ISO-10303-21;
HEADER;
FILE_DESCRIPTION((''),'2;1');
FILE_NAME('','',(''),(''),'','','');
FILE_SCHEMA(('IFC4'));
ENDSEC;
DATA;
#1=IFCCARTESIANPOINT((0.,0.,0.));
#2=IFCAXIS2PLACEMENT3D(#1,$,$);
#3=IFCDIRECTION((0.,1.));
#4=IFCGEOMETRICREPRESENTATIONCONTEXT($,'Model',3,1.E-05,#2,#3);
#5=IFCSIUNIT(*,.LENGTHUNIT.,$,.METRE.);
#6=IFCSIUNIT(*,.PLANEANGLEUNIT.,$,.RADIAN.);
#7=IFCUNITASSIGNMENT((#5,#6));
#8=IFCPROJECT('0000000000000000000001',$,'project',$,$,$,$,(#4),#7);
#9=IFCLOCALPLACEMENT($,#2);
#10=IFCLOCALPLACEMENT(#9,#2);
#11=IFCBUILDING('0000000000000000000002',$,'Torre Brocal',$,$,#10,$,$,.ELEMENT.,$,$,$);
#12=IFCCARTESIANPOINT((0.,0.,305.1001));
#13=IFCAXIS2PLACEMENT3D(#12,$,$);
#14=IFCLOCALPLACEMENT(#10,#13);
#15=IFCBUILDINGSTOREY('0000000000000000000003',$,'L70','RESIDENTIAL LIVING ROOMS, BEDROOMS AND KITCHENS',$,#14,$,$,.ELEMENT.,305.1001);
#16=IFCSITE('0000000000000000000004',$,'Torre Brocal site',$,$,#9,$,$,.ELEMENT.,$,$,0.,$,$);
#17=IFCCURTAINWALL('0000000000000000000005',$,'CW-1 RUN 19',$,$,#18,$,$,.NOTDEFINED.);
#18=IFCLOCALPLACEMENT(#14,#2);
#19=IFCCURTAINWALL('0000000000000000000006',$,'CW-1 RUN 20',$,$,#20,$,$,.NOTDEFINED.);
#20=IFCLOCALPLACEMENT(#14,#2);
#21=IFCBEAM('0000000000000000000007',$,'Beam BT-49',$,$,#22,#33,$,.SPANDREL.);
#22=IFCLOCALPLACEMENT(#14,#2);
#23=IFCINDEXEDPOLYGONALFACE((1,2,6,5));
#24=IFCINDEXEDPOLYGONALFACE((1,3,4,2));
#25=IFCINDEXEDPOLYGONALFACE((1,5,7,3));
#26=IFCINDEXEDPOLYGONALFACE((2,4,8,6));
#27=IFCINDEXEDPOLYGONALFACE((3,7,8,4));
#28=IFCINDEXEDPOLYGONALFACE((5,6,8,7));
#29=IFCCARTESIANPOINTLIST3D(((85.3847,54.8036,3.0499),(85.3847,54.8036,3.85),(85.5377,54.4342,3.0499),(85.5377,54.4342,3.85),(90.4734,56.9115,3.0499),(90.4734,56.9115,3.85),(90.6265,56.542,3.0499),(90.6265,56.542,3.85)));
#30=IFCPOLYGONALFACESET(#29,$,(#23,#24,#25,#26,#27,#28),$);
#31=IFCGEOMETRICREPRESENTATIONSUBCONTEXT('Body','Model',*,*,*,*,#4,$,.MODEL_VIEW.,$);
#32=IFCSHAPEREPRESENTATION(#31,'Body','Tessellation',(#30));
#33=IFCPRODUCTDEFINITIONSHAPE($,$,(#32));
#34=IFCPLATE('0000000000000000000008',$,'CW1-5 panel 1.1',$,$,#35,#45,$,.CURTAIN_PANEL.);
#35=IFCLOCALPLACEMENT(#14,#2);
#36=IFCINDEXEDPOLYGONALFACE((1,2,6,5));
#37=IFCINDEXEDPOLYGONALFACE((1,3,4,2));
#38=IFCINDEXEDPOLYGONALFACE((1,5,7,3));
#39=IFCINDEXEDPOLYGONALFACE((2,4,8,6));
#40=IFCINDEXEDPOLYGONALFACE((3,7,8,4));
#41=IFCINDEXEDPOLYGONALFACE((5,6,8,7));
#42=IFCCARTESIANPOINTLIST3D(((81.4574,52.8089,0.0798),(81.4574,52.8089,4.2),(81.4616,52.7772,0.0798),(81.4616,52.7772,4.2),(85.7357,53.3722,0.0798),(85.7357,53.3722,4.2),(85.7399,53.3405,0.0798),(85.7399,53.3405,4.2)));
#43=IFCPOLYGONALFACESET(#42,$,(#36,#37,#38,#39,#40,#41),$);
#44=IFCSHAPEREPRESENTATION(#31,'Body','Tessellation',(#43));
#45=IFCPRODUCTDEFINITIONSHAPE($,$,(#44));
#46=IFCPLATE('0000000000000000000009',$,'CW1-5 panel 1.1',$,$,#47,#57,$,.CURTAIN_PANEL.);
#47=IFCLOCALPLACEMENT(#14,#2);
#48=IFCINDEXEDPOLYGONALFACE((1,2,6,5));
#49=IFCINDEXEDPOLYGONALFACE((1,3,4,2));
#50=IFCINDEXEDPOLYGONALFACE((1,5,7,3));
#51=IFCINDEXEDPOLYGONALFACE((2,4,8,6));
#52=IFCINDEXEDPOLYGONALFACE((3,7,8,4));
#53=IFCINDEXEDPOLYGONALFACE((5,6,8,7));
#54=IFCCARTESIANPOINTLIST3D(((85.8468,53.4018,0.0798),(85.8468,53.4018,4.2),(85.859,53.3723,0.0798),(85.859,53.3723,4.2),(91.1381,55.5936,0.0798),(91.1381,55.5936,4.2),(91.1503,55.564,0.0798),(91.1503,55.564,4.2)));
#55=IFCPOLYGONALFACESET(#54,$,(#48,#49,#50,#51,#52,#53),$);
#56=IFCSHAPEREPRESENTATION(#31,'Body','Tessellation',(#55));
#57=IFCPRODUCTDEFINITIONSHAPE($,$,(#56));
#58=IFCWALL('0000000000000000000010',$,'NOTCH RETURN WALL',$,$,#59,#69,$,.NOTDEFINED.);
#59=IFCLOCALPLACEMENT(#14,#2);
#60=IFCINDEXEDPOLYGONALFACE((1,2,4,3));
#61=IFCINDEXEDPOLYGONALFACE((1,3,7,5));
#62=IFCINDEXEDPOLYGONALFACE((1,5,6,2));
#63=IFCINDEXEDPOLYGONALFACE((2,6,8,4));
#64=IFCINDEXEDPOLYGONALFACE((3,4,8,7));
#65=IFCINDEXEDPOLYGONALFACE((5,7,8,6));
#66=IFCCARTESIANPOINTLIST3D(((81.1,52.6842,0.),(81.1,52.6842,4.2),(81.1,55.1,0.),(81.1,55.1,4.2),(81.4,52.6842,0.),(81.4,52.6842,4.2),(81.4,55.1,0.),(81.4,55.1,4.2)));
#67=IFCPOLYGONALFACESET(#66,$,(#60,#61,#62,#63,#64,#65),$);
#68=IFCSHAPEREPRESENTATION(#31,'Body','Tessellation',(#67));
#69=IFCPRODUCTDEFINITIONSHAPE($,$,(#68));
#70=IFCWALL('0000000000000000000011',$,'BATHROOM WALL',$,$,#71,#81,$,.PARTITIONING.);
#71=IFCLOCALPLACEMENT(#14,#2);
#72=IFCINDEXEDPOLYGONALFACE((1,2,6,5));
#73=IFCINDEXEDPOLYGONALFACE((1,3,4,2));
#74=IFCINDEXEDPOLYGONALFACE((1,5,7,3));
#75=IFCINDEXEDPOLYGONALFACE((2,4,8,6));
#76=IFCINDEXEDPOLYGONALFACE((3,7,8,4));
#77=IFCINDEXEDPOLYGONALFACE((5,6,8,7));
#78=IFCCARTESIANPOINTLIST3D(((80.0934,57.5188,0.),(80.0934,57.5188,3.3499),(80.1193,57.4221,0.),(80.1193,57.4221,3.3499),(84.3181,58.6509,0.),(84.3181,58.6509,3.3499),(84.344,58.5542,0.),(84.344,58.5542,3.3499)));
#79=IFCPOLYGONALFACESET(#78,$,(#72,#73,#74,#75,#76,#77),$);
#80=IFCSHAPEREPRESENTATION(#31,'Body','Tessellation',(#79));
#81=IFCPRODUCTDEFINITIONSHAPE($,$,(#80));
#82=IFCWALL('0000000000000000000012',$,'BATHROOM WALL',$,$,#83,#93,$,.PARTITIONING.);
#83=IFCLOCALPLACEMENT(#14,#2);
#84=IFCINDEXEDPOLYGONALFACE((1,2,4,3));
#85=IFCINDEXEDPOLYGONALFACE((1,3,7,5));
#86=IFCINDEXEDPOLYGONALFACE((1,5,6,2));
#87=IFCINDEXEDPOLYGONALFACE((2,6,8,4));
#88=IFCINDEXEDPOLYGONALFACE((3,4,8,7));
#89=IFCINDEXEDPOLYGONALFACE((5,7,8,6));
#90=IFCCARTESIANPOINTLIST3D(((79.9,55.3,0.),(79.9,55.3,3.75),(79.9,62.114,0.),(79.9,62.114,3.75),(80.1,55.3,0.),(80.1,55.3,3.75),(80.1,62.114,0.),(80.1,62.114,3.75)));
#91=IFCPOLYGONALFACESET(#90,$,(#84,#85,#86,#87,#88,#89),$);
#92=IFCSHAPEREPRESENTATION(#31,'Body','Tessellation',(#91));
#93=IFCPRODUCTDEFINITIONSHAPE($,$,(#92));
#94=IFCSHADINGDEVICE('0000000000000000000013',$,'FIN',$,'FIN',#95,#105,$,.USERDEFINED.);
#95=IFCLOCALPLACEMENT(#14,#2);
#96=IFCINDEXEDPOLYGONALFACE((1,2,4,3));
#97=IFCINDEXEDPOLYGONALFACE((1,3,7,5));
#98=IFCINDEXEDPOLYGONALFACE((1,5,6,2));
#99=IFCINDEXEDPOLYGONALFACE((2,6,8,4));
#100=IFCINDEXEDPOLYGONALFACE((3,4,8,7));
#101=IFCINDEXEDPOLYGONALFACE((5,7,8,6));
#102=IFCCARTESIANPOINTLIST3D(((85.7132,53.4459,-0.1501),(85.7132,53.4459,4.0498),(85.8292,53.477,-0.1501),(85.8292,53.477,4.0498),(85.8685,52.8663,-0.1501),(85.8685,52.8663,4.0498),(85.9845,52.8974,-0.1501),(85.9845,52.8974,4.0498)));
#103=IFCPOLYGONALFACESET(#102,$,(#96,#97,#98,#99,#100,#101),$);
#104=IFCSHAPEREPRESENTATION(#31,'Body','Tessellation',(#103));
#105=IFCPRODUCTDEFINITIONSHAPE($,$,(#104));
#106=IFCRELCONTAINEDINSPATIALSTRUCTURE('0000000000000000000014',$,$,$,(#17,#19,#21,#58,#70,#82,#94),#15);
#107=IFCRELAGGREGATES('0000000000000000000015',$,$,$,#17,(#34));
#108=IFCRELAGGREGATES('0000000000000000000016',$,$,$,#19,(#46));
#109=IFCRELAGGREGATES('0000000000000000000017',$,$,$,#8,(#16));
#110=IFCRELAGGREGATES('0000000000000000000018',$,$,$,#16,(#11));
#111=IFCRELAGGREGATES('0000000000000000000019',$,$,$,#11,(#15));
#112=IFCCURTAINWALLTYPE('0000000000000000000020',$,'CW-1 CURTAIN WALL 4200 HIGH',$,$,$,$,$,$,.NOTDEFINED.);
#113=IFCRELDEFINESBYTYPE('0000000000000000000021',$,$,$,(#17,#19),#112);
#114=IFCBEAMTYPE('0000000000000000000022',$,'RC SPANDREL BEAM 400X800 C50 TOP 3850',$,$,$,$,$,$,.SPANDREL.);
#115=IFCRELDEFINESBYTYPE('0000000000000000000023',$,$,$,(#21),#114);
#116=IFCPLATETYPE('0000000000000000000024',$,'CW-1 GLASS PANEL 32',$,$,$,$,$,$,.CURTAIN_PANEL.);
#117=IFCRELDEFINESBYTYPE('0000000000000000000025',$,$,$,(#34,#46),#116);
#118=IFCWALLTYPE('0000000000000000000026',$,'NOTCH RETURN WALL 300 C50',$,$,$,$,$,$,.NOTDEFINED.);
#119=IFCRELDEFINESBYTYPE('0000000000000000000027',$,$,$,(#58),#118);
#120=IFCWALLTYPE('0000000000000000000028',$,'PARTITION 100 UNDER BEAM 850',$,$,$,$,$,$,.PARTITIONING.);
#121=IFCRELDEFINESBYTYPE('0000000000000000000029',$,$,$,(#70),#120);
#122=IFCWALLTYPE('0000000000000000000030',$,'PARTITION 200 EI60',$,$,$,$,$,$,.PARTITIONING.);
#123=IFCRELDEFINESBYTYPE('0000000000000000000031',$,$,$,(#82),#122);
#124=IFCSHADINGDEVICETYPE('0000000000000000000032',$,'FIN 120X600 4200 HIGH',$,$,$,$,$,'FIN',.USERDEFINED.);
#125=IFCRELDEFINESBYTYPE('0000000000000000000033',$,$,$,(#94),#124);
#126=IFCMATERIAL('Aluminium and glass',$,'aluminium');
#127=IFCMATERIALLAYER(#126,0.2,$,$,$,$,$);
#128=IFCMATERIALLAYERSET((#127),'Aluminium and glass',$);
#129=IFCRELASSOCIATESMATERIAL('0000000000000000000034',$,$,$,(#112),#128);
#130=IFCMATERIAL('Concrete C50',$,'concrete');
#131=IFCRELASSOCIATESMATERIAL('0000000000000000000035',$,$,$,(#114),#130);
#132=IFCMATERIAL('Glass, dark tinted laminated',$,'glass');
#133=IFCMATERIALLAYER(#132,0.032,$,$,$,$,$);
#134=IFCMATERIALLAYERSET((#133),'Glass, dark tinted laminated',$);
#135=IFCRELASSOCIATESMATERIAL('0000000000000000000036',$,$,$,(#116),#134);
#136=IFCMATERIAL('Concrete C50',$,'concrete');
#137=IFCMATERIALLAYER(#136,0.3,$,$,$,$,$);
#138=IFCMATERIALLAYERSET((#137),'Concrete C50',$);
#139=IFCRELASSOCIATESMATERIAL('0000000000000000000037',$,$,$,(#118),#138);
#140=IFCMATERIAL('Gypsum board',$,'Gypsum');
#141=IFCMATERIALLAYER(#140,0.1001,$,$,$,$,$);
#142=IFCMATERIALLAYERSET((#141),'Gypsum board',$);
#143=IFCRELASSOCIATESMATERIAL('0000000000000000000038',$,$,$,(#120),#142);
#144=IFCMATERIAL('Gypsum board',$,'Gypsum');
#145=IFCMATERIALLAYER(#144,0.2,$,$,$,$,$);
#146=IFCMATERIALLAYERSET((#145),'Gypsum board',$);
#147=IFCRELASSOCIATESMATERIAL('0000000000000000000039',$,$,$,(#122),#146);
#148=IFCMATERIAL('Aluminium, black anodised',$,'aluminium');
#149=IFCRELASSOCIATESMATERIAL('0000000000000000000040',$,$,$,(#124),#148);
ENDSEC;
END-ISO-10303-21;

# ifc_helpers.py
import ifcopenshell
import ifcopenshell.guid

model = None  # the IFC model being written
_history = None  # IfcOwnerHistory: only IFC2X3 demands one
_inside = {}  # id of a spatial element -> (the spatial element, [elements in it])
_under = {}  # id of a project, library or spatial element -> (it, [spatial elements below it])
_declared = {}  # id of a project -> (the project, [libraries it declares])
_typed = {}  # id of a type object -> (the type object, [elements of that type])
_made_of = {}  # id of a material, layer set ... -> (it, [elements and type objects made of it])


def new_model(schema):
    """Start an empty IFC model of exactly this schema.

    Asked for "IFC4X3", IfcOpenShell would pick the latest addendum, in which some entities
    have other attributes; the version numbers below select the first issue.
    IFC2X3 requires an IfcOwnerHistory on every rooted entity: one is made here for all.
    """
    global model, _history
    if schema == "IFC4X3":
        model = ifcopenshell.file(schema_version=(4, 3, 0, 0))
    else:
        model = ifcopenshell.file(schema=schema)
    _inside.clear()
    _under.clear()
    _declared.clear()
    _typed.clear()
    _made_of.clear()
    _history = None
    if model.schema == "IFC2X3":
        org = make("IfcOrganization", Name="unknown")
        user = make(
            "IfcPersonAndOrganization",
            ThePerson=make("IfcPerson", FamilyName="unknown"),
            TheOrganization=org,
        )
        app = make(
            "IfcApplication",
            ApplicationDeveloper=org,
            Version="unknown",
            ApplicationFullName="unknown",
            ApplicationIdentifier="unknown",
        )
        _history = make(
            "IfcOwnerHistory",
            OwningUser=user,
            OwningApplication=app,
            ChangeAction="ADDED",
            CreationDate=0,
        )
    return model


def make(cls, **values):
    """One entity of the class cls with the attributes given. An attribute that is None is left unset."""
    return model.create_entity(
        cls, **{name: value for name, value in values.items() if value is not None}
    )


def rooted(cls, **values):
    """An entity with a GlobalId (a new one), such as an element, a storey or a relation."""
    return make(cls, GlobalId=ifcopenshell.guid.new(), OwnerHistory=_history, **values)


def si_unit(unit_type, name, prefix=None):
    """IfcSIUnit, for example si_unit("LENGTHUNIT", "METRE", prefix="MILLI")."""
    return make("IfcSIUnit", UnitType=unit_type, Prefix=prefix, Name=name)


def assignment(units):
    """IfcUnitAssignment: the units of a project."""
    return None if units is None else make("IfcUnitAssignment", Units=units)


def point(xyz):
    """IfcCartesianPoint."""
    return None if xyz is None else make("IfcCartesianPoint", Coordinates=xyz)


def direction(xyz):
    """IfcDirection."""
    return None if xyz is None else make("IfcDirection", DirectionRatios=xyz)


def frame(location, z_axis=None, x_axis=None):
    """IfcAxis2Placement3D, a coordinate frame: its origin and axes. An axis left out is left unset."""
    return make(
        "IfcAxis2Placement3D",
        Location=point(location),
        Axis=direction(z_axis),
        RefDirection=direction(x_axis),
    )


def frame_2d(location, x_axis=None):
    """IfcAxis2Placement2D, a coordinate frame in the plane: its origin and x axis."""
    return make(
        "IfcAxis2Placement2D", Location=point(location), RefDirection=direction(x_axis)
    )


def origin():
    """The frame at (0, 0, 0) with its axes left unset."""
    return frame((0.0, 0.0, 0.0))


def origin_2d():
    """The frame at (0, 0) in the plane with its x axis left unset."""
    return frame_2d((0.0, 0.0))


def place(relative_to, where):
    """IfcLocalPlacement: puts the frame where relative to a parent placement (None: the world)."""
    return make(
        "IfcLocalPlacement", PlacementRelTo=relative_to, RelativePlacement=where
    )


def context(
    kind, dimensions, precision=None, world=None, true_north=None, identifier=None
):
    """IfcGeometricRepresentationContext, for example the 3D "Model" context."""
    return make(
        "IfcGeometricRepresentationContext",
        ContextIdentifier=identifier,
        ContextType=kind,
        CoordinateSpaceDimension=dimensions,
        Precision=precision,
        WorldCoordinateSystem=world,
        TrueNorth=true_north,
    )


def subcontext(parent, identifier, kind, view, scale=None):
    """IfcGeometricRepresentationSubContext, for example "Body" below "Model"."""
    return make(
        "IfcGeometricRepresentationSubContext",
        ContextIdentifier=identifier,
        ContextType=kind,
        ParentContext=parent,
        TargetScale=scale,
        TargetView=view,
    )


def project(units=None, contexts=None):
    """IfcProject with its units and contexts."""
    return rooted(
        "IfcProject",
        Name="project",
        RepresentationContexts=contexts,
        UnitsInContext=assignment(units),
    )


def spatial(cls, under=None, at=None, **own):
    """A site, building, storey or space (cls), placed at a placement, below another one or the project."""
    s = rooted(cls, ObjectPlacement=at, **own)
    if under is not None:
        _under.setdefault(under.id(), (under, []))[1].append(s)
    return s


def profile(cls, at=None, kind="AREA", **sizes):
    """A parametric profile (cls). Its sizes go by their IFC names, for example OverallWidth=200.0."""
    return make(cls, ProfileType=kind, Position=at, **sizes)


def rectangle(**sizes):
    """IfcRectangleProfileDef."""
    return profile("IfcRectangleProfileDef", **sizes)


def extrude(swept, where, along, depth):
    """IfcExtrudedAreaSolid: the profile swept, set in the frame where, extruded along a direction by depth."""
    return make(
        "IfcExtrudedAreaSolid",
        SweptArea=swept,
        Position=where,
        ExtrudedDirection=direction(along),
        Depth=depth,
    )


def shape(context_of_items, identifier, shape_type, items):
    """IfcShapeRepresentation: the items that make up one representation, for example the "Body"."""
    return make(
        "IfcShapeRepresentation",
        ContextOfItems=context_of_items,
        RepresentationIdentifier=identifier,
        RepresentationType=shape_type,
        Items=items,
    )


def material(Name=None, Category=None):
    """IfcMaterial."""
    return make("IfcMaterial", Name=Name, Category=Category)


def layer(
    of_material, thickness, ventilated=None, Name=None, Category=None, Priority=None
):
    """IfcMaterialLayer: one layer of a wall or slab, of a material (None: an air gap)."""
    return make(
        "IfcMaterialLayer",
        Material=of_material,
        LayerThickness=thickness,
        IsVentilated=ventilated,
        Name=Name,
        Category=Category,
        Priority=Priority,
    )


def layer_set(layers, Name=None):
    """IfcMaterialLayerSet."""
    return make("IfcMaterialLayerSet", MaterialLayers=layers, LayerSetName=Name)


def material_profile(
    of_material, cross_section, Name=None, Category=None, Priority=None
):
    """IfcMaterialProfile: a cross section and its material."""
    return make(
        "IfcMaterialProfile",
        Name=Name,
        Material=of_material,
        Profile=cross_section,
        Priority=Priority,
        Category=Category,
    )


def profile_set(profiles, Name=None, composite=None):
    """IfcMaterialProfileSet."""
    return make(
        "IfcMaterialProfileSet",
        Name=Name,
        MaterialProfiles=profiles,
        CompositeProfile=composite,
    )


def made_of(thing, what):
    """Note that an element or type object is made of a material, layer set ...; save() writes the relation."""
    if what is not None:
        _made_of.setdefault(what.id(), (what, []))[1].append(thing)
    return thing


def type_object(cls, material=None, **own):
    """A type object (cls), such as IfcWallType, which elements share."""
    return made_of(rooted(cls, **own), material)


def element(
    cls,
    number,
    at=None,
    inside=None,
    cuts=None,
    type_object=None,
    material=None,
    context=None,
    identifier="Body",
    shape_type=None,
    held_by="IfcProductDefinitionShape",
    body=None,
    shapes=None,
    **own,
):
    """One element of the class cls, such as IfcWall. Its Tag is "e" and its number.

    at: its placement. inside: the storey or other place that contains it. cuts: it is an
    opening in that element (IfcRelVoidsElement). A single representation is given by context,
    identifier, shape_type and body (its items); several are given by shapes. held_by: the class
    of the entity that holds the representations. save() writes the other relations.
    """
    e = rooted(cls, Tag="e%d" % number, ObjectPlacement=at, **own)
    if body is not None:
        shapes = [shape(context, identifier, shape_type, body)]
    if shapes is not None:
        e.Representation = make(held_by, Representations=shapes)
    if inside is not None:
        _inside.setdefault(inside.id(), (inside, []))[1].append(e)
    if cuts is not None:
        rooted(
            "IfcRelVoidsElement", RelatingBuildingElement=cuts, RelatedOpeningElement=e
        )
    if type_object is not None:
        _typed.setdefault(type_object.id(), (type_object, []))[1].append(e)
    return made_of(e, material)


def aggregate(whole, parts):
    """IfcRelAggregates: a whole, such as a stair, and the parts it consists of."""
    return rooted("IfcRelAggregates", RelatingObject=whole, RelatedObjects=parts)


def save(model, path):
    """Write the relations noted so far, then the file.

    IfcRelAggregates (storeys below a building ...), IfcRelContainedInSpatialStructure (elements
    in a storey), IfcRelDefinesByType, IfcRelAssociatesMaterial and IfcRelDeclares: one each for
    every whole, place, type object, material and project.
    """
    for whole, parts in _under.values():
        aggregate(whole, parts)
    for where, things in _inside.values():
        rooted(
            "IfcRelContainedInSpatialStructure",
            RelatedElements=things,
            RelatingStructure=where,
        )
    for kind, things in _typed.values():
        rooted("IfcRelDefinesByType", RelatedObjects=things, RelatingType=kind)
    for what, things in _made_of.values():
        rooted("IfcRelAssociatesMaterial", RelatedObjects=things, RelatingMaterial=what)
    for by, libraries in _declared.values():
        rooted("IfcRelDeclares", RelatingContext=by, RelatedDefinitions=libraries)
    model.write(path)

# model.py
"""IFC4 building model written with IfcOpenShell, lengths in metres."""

from ifc_helpers import new_model, si_unit, direction, frame, frame_2d, origin, origin_2d, place, context, subcontext, project, spatial, rectangle, extrude, material, layer, layer_set, material_profile, profile_set, type_object, element, aggregate, save


model = new_model("IFC4")

# Units and contexts
model_context = context("Model", 3, precision=1e-05, world=origin(), true_north=direction((0.0, 1.0)))
body_context = subcontext(model_context, "Body", "Model", "MODEL_VIEW")
ifc_project = project(units=[si_unit("LENGTHUNIT", "METRE"), si_unit("PLANEANGLEUNIT", "RADIAN")], contexts=[model_context])

# Site, building, storey
site_placement = place(None, origin())
site = spatial("IfcSite", under=ifc_project, at=site_placement, Name="Torre Brocal site", CompositionType="ELEMENT", RefElevation=0.0)
building_placement = place(site_placement, origin())
building = spatial("IfcBuilding", under=site, at=building_placement, Name="Torre Brocal", CompositionType="ELEMENT")
storey_placement = place(building_placement, frame((0.0, 0.0, 305.1001)))
storey = spatial("IfcBuildingStorey", under=building, at=storey_placement, Name="L70", Description="RESIDENTIAL LIVING ROOMS, BEDROOMS AND KITCHENS", CompositionType="ELEMENT", Elevation=305.1001)

# Curtain wall
ifc_material_1 = material(Name="Aluminium and glass", Category="aluminium")
ifc_layer_1 = layer(ifc_material_1, 0.2)
ifc_layer_set_1 = layer_set([ifc_layer_1], Name="Aluminium and glass")
curtain_wall_type = type_object("IfcCurtainWallType", Name="CW-1 CURTAIN WALL 4200 HIGH", PredefinedType="NOTDEFINED", material=ifc_layer_set_1)
curtain_wall_1_placement = place(storey_placement, origin())
curtain_wall_1 = element("IfcCurtainWall", 1, at=curtain_wall_1_placement, inside=storey, type_object=curtain_wall_type, Name="CW-1 RUN 19", PredefinedType="NOTDEFINED")

# Curtain wall
curtain_wall_2_placement = place(storey_placement, origin())
curtain_wall_2 = element("IfcCurtainWall", 2, at=curtain_wall_2_placement, inside=storey, type_object=curtain_wall_type, Name="CW-1 RUN 20", PredefinedType="NOTDEFINED")

# Beam
ifc_material_2 = material(Name="Concrete C50", Category="concrete")
ifc_material_profile_1 = material_profile(ifc_material_2, rectangle(XDim=0.3999, YDim=0.8, at=origin_2d()), Name="RC 400X800")
ifc_profile_set_1 = profile_set([ifc_material_profile_1], Name="Concrete C50")
beam_type_1 = type_object("IfcBeamType", Name="RC SPANDREL BEAM 400X800 C50 TOP 3850", PredefinedType="SPANDREL", material=ifc_profile_set_1)
beam_1_placement = place(storey_placement, frame((85.4612, 54.6189, 3.45), z_axis=(0.923877, 0.382688, 0.0), x_axis=(-0.382688, 0.923877, 0.0)))
element("IfcBeam", 3, at=beam_1_placement, inside=storey, type_object=beam_type_1, Name="Beam BT-49", PredefinedType="SPANDREL", context=body_context, shape_type="SweptSolid", body=[
    extrude(rectangle(XDim=0.3999, YDim=0.8, at=origin_2d()), origin(), (0.0, 0.0, 1.0), 5.5081),
])

# Plates
ifc_material_3 = material(Name="Glass, dark tinted laminated", Category="glass")
ifc_layer_2 = layer(ifc_material_3, 0.032)
ifc_layer_set_2 = layer_set([ifc_layer_2], Name="Glass, dark tinted laminated")
plate_type = type_object("IfcPlateType", Name="CW-1 GLASS PANEL 32", PredefinedType="CURTAIN_PANEL", material=ifc_layer_set_2)
plate_1_placement = place(storey_placement, frame((83.5986, 53.0747, 0.0798), z_axis=(0.0, 0.0, 1.0), x_axis=(0.991445, 0.130526, 0.0)))
plate_1 = element("IfcPlate", 4, at=plate_1_placement, type_object=plate_type, Name="CW1-5 panel 1.1", PredefinedType="CURTAIN_PANEL", context=body_context, shape_type="SweptSolid", body=[
    extrude(rectangle(XDim=4.3152, YDim=0.032, at=origin_2d()), origin(), (0.0, 0.0, 1.0), 4.1201),
])
aggregate(curtain_wall_1, [plate_1])
plate_2_placement = place(storey_placement, frame((88.4985, 54.4829, 0.0798), z_axis=(0.0, 0.0, 1.0), x_axis=(0.92388, 0.382683, 0.0)))
plate_2 = element("IfcPlate", 5, at=plate_2_placement, type_object=plate_type, Name="CW1-5 panel 1.1", PredefinedType="CURTAIN_PANEL", context=body_context, shape_type="SweptSolid", body=[
    extrude(rectangle(XDim=5.7273, YDim=0.032, at=origin_2d()), origin(), (0.0, 0.0, 1.0), 4.1201),
])
aggregate(curtain_wall_2, [plate_2])

# Walls
ifc_material_4 = material(Name="Concrete C50", Category="concrete")
ifc_layer_3 = layer(ifc_material_4, 0.3)
ifc_layer_set_3 = layer_set([ifc_layer_3], Name="Concrete C50")
wall_type_1 = type_object("IfcWallType", Name="NOTCH RETURN WALL 300 C50", PredefinedType="NOTDEFINED", material=ifc_layer_set_3)
wall_1_placement = place(storey_placement, frame((81.25, 55.1001, 0.0), z_axis=(0.0, 0.0, 1.0), x_axis=(0.0, -1.0, 0.0)))
element("IfcWall", 6, at=wall_1_placement, inside=storey, type_object=wall_type_1, Name="NOTCH RETURN WALL", PredefinedType="NOTDEFINED", context=body_context, shape_type="SweptSolid", body=[
    extrude(rectangle(XDim=2.4158, YDim=0.3, at=frame_2d((1.208, 0.0))), origin(), (0.0, 0.0, 1.0), 4.2),
])
ifc_material_5 = material(Name="Gypsum board", Category="Gypsum")
ifc_layer_4 = layer(ifc_material_5, 0.1001)
ifc_layer_set_4 = layer_set([ifc_layer_4], Name="Gypsum board")
wall_type_2 = type_object("IfcWallType", Name="PARTITION 100 UNDER BEAM 850", PredefinedType="PARTITIONING", material=ifc_layer_set_4)
wall_2_placement = place(storey_placement, frame((80.1062, 57.4705, 0.0), z_axis=(0.0, 0.0, 1.0), x_axis=(0.965924, 0.258826, 0.0)))
element("IfcWall", 7, at=wall_2_placement, inside=storey, type_object=wall_type_2, Name="BATHROOM WALL", PredefinedType="PARTITIONING", context=body_context, shape_type="SweptSolid", body=[
    extrude(rectangle(XDim=4.3738, YDim=0.1001, at=frame_2d((2.187, 0.0))), origin(), (0.0, 0.0, 1.0), 3.3499),
])
ifc_material_6 = material(Name="Gypsum board", Category="Gypsum")
ifc_layer_5 = layer(ifc_material_6, 0.2)
ifc_layer_set_5 = layer_set([ifc_layer_5], Name="Gypsum board")
wall_type_3 = type_object("IfcWallType", Name="PARTITION 200 EI60", PredefinedType="PARTITIONING", material=ifc_layer_set_5)
wall_3_placement = place(storey_placement, frame((80.0, 55.3, 0.0), z_axis=(0.0, 0.0, 1.0), x_axis=(0.0, 1.0, 0.0)))
element("IfcWall", 8, at=wall_3_placement, inside=storey, type_object=wall_type_3, Name="BATHROOM WALL", PredefinedType="PARTITIONING", context=body_context, shape_type="SweptSolid", body=[
    extrude(rectangle(XDim=6.814, YDim=0.2, at=frame_2d((3.407, 0.0))), origin(), (0.0, 0.0, 1.0), 3.75),
])

# Shading device
ifc_material_7 = material(Name="Aluminium, black anodised", Category="aluminium")
ifc_material_profile_2 = material_profile(ifc_material_7, rectangle(XDim=0.1201, YDim=0.6001, at=origin_2d()), Name="FIN 120X600 4200 HIGH")
ifc_profile_set_2 = profile_set([ifc_material_profile_2], Name="Aluminium, black anodised")
shading_device_type = type_object("IfcShadingDeviceType", Name="FIN 120X600 4200 HIGH", ElementType="FIN", PredefinedType="USERDEFINED", material=ifc_profile_set_2)
shading_device_placement = place(storey_placement, frame((85.8489, 53.1716, -0.1501), z_axis=(0.0, 0.0, 1.0), x_axis=(0.965926, 0.258819, 0.0)))
element("IfcShadingDevice", 9, at=shading_device_placement, inside=storey, type_object=shading_device_type, Name="FIN", ObjectType="FIN", PredefinedType="USERDEFINED", context=body_context, shape_type="SweptSolid", body=[
    extrude(rectangle(XDim=0.1201, YDim=0.6001, at=origin_2d()), origin(), (0.0, 0.0, 1.0), 4.2),
])

save(model, "model.ifc")
